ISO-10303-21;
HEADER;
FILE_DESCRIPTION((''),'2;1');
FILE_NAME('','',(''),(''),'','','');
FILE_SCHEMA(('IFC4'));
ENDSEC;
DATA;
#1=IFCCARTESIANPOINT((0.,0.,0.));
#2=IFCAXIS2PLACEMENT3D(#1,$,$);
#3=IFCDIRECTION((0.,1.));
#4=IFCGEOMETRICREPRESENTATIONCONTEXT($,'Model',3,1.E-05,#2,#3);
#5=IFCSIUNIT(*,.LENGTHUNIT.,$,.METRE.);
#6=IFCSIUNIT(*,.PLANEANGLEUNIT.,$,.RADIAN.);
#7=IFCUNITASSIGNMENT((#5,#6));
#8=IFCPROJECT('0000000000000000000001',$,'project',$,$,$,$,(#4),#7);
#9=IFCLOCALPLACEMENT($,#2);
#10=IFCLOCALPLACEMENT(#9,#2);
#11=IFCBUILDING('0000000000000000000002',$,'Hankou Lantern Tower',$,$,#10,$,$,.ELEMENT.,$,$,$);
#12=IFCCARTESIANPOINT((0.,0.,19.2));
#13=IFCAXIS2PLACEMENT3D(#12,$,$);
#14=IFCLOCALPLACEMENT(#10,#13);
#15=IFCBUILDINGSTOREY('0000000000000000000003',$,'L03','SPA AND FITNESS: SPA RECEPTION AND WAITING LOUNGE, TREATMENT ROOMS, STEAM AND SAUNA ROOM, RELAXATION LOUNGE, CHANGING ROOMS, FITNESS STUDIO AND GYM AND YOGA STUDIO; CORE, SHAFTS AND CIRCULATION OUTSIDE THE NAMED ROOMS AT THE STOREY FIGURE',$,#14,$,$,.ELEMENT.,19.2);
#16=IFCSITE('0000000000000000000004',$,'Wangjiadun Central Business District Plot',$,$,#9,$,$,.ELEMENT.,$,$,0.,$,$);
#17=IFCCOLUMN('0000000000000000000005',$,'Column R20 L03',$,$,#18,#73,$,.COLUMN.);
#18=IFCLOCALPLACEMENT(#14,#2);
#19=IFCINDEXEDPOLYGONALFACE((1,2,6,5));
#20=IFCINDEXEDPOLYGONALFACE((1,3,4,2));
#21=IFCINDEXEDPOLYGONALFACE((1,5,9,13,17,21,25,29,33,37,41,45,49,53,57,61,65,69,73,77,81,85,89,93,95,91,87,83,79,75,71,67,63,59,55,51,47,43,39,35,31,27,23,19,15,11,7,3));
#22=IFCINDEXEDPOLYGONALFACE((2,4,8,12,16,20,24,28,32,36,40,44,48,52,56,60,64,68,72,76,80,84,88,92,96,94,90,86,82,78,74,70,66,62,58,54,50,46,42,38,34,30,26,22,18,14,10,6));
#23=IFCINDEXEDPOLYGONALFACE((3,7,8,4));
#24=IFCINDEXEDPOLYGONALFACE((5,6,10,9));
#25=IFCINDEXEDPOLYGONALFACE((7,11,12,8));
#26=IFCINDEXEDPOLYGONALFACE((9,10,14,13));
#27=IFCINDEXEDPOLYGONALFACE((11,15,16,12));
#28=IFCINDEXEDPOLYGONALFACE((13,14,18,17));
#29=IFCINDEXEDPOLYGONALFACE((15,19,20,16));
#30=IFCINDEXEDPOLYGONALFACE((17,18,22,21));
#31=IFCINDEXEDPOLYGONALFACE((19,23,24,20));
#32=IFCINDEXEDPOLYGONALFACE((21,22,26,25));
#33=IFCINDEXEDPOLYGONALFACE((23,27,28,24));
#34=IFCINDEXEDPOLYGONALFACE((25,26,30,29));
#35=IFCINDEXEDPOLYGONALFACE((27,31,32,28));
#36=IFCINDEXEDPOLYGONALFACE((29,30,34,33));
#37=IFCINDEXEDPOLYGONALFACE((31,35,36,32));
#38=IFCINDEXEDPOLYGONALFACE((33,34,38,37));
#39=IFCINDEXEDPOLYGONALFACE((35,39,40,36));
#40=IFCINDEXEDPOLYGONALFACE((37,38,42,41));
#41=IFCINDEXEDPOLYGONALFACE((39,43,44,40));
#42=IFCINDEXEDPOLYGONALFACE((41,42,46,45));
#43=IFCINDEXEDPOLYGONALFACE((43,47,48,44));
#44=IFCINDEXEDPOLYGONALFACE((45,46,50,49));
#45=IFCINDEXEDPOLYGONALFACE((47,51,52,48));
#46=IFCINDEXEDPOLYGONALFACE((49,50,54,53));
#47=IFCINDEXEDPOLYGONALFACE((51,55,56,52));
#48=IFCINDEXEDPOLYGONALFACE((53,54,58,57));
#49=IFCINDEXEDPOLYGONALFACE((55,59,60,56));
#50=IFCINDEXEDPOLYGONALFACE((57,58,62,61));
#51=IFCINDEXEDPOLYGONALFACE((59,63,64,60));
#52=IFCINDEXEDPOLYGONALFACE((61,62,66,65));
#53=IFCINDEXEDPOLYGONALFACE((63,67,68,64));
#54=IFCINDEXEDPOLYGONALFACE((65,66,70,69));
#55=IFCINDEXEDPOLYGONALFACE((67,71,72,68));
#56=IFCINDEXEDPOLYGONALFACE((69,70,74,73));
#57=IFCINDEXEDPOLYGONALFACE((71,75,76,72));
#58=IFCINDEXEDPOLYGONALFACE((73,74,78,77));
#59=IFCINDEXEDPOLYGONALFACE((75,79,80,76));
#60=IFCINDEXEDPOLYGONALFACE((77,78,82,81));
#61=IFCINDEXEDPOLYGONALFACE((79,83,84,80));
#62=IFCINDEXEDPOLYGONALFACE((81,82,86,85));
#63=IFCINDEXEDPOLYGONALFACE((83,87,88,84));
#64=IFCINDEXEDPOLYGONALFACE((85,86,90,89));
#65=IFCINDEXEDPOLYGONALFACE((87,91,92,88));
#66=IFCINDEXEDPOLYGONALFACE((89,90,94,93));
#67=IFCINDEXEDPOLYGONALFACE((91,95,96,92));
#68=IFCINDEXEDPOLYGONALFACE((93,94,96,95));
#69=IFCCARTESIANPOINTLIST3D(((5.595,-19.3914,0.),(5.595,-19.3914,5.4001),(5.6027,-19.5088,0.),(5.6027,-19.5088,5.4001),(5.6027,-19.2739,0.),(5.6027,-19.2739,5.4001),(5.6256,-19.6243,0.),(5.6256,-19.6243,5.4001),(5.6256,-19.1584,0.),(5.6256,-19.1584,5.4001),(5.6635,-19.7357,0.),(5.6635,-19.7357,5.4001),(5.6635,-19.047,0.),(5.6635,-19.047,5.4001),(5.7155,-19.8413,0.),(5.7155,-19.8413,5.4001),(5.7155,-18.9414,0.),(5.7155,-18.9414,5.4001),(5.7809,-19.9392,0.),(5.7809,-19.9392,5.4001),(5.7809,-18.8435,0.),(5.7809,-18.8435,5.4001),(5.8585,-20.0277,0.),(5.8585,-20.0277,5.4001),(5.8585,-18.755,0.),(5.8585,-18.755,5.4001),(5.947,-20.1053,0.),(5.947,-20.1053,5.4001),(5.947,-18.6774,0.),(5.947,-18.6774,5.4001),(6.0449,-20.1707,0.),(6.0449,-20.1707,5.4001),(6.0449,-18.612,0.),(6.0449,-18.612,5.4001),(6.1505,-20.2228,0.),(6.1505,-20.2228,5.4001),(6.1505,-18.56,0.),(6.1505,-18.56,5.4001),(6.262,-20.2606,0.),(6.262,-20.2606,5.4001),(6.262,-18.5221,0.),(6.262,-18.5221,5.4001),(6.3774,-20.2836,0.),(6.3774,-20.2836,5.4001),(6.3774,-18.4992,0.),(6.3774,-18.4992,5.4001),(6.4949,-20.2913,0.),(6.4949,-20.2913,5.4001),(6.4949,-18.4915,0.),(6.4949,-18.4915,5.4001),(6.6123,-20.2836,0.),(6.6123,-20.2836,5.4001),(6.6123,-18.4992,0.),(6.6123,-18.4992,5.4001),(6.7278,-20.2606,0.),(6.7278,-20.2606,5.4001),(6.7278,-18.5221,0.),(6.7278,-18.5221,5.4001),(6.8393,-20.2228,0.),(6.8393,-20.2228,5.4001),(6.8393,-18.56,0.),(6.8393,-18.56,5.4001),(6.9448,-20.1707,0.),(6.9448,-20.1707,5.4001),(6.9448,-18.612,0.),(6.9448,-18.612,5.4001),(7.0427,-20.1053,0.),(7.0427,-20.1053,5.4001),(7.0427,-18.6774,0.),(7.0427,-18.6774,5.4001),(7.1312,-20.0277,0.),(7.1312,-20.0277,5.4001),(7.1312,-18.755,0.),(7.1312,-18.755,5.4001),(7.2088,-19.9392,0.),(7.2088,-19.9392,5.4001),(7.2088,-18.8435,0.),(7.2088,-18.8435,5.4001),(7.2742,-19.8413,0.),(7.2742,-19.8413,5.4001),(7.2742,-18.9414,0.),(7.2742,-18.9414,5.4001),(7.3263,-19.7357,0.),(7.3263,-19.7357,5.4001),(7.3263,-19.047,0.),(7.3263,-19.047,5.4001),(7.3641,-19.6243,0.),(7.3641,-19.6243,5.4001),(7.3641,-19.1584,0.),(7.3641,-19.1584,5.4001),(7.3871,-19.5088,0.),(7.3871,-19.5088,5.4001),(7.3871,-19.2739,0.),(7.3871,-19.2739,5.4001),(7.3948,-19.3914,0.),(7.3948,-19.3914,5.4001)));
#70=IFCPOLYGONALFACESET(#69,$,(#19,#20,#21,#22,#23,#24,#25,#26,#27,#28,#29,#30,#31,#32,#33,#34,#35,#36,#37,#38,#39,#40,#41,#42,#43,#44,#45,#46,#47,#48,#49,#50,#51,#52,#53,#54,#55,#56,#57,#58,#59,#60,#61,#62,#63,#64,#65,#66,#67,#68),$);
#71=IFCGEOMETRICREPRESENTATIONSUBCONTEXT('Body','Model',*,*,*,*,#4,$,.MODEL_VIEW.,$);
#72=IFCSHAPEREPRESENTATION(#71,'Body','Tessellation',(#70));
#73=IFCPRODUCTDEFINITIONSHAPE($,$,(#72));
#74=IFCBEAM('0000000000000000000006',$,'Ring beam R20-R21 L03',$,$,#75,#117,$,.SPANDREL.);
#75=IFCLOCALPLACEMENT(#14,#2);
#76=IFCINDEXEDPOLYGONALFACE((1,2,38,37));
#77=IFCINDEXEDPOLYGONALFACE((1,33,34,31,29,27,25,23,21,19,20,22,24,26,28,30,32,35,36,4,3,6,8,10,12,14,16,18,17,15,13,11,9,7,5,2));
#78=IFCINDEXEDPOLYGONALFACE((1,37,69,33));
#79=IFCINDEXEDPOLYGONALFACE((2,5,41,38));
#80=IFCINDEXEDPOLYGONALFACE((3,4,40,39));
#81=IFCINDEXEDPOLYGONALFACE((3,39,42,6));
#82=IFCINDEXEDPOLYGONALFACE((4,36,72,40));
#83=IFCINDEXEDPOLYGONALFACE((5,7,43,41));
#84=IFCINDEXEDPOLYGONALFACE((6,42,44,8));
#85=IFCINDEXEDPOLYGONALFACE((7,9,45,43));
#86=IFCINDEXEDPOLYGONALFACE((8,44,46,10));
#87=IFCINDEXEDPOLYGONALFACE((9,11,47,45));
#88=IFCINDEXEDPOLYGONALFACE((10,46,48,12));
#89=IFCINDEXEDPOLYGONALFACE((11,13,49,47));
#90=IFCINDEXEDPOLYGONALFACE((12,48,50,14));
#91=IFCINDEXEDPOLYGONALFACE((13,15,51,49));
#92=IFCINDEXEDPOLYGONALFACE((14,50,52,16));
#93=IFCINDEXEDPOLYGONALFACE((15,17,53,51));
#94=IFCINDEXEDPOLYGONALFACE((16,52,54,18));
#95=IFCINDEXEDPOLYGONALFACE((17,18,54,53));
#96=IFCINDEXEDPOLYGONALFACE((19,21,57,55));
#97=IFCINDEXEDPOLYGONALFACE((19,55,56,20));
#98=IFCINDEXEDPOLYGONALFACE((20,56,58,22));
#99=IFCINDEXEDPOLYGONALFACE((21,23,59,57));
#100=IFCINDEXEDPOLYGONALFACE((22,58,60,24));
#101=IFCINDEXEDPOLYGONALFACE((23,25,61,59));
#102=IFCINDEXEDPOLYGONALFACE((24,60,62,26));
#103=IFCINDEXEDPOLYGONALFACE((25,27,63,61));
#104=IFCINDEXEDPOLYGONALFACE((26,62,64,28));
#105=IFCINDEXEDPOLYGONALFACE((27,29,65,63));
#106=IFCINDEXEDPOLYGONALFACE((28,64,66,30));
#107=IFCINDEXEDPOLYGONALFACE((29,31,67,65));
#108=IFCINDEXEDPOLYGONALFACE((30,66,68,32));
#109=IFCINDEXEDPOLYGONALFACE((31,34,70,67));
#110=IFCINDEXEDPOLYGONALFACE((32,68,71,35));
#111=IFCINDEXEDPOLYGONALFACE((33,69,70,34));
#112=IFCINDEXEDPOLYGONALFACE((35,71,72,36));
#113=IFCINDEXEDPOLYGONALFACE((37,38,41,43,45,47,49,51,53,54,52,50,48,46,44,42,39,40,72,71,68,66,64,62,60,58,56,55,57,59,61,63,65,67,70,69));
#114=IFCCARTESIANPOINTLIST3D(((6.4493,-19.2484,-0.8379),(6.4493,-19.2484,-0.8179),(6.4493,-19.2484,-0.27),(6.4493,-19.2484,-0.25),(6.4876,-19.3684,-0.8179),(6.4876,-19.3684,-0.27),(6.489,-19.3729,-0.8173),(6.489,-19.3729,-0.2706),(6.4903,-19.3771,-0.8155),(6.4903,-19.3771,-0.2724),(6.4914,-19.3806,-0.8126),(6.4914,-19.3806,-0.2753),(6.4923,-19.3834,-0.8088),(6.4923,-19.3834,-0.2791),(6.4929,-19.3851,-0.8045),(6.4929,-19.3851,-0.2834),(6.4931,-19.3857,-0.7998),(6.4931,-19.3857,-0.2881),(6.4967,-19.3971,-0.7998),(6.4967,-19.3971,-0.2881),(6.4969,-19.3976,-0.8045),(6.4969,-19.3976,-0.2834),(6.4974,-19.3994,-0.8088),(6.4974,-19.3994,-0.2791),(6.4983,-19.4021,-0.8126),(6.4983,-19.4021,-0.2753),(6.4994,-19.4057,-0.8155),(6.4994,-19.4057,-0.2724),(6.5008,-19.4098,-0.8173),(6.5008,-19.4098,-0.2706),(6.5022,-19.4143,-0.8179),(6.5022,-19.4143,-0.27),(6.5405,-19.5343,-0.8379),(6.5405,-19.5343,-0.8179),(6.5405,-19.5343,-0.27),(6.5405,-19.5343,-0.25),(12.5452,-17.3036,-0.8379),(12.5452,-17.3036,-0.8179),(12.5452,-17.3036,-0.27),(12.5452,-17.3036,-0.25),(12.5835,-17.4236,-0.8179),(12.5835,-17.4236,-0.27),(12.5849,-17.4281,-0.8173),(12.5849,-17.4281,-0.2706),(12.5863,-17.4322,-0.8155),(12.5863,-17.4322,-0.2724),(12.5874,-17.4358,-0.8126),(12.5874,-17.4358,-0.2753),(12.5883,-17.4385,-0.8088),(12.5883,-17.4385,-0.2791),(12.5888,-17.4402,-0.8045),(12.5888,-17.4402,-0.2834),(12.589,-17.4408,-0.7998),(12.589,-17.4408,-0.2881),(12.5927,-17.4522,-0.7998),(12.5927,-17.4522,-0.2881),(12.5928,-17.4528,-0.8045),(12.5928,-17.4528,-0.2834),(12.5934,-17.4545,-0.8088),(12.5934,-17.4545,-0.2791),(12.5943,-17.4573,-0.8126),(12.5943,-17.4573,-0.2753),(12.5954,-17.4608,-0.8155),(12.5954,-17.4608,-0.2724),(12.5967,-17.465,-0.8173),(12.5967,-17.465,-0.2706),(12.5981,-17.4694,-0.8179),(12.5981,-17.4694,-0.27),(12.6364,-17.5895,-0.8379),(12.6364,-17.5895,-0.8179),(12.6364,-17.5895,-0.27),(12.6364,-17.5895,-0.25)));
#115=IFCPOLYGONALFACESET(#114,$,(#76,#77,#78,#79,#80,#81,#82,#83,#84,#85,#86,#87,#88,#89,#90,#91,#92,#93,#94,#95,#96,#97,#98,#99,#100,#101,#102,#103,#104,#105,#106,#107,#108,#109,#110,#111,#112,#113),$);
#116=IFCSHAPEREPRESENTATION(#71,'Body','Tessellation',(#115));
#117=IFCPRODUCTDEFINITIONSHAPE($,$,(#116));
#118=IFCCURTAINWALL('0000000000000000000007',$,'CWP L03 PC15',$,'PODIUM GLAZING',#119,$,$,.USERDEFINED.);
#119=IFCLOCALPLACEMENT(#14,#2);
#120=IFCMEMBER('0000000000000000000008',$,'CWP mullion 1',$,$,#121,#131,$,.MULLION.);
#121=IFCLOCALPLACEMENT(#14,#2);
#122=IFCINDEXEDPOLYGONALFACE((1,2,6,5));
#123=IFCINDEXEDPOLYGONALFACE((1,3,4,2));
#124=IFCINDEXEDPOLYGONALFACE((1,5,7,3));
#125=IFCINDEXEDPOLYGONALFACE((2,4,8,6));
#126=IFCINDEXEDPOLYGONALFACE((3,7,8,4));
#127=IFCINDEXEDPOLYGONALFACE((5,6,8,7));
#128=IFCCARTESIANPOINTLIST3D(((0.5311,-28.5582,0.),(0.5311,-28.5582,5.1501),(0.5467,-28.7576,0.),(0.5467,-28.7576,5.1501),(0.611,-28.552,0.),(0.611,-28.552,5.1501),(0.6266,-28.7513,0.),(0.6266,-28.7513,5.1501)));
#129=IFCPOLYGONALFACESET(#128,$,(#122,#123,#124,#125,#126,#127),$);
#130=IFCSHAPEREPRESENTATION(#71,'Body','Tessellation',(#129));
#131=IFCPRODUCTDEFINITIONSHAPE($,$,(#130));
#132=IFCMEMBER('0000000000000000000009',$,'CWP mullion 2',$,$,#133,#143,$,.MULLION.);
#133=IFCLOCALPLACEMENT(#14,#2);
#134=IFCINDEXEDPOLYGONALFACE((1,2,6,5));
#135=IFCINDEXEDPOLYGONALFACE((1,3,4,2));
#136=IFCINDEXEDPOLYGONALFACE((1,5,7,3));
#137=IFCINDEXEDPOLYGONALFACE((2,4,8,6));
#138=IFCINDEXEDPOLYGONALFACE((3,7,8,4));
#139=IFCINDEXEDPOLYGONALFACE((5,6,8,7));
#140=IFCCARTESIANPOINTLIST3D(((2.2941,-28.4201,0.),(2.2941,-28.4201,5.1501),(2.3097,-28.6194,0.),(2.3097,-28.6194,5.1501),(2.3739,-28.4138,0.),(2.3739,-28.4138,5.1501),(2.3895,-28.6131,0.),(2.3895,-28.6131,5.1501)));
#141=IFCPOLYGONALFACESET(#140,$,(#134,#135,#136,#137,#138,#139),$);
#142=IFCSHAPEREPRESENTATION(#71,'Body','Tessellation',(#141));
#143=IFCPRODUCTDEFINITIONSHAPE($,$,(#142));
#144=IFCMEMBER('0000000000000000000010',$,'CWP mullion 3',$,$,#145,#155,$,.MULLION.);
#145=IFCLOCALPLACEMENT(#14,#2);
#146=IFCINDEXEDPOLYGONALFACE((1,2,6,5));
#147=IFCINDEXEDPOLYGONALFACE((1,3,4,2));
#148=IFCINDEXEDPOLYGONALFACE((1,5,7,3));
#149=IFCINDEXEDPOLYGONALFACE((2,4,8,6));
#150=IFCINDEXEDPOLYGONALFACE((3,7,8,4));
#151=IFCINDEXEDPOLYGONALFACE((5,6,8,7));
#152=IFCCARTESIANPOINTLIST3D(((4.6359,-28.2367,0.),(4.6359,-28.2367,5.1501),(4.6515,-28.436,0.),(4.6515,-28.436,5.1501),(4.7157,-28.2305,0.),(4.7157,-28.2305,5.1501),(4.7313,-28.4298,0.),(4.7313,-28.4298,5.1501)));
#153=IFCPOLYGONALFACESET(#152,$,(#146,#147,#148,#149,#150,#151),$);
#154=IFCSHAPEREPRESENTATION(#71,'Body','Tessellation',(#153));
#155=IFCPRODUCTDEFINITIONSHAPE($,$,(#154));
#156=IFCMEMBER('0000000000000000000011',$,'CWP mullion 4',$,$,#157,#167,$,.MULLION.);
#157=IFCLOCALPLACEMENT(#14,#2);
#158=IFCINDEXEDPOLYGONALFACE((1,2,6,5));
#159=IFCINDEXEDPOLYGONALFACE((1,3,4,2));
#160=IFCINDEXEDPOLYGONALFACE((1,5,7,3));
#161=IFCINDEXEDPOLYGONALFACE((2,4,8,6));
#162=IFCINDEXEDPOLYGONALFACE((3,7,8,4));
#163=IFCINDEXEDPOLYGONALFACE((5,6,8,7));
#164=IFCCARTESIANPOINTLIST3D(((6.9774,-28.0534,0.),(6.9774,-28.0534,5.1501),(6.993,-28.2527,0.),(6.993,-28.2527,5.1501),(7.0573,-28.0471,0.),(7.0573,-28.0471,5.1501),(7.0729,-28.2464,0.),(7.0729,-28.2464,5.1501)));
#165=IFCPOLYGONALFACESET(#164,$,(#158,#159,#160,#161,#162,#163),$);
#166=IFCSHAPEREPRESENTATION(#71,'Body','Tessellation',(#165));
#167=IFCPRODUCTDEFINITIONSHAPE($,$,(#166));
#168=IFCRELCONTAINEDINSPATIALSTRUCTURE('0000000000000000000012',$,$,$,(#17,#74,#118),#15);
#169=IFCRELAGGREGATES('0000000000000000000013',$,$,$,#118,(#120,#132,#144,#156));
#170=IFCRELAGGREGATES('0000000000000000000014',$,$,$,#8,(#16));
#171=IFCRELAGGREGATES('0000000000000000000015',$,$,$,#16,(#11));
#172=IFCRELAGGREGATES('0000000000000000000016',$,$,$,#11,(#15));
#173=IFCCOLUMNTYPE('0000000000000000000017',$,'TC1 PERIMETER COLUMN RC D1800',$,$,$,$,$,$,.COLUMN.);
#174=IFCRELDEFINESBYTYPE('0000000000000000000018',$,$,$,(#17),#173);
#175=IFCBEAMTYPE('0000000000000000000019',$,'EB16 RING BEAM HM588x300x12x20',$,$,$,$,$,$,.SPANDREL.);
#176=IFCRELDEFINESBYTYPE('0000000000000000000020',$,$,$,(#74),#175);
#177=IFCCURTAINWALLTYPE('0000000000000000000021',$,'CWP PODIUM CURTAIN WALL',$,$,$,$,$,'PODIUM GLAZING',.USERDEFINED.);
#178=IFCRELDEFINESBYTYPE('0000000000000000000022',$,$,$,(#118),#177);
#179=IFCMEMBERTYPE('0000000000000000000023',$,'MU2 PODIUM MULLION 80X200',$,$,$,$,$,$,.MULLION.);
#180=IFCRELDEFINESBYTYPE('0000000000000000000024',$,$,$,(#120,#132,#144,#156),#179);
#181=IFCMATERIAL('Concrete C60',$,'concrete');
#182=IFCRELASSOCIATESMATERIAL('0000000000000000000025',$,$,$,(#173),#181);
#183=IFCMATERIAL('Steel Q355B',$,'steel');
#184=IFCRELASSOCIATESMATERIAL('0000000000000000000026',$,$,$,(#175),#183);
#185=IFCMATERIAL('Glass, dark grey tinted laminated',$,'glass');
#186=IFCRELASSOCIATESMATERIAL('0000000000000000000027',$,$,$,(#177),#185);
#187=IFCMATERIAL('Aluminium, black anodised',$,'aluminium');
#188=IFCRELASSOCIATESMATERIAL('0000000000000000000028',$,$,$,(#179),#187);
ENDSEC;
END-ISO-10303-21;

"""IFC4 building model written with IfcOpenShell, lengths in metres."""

from ifc_helpers import new_model, si_unit, direction, frame, origin, origin_2d, place, context, subcontext, project, spatial, rectangle, circle, i_section, extrude, material, material_profile, profile_set, type_object, element, aggregate, save


model = new_model("IFC4")

# Units and contexts
model_context = context("Model", 3, precision=1e-05, world=origin(), true_north=direction((0.0, 1.0)))
body_context = subcontext(model_context, "Body", "Model", "MODEL_VIEW")
ifc_project = project(units=[si_unit("LENGTHUNIT", "METRE"), si_unit("PLANEANGLEUNIT", "RADIAN")], contexts=[model_context])

# Site, building, storey
site_placement = place(None, origin())
site = spatial("IfcSite", under=ifc_project, at=site_placement, Name="Wangjiadun Central Business District Plot", CompositionType="ELEMENT", RefElevation=0.0)
building_placement = place(site_placement, origin())
building = spatial("IfcBuilding", under=site, at=building_placement, Name="Hankou Lantern Tower", CompositionType="ELEMENT")
storey_placement = place(building_placement, frame((0.0, 0.0, 19.2)))
storey = spatial("IfcBuildingStorey", under=building, at=storey_placement, Name="L03", Description="SPA AND FITNESS: SPA RECEPTION AND WAITING LOUNGE, TREATMENT ROOMS, STEAM AND SAUNA ROOM, RELAXATION LOUNGE, CHANGING ROOMS, FITNESS STUDIO AND GYM AND YOGA STUDIO; CORE, SHAFTS AND CIRCULATION OUTSIDE THE NAMED ROOMS AT THE STOREY FIGURE", CompositionType="ELEMENT", Elevation=19.2)

# Column
ifc_material_1 = material(Name="Concrete C60", Category="concrete")
ifc_material_profile_1 = material_profile(ifc_material_1, circle(Radius=0.8999, at=origin_2d()), Name="RC D1800")
ifc_profile_set_1 = profile_set([ifc_material_profile_1], Name="Concrete C60")
column_type = type_object("IfcColumnType", Name="TC1 PERIMETER COLUMN RC D1800", PredefinedType="COLUMN", material=ifc_profile_set_1)
column_placement = place(storey_placement, frame((6.4949, -19.3914, 0.0), z_axis=(0.0, 0.0, 1.0), x_axis=(1.0, 0.0, 0.0)))
element("IfcColumn", 1, at=column_placement, inside=storey, type_object=column_type, Name="Column R20 L03", PredefinedType="COLUMN", context=body_context, shape_type="SweptSolid", body=[
    extrude(circle(Radius=0.8999, at=origin_2d()), origin(), (0.0, 0.0, 1.0), 5.4001),
])

# Beam
ifc_material_2 = material(Name="Steel Q355B", Category="steel")
ifc_material_profile_2 = material_profile(ifc_material_2, i_section(OverallWidth=0.3, OverallDepth=0.5879, WebThickness=0.012, FlangeThickness=0.02, FilletRadius=0.0181, at=origin_2d()), Name="HM588x300x12x20")
ifc_profile_set_2 = profile_set([ifc_material_profile_2], Name="Steel Q355B")
beam_type_1 = type_object("IfcBeamType", Name="EB16 RING BEAM HM588x300x12x20", PredefinedType="SPANDREL", material=ifc_profile_set_2)
beam_1_placement = place(storey_placement, frame((6.4949, -19.3914, -0.5439), z_axis=(0.95269, 0.303942, 0.0), x_axis=(-0.303942, 0.95269, 0.0)))
element("IfcBeam", 2, at=beam_1_placement, inside=storey, type_object=beam_type_1, Name="Ring beam R20-R21 L03", PredefinedType="SPANDREL", context=body_context, shape_type="SweptSolid", body=[
    extrude(i_section(OverallWidth=0.3, OverallDepth=0.5879, WebThickness=0.012, FlangeThickness=0.02, FilletRadius=0.0181, at=origin_2d()), origin(), (0.0, 0.0, 1.0), 6.3987),
])

# Curtain wall, members
ifc_material_3 = material(Name="Glass, dark grey tinted laminated", Category="glass")
curtain_wall_type = type_object("IfcCurtainWallType", Name="CWP PODIUM CURTAIN WALL", ElementType="PODIUM GLAZING", PredefinedType="USERDEFINED", material=ifc_material_3)
curtain_wall_placement = place(storey_placement, origin())
curtain_wall = element("IfcCurtainWall", 3, at=curtain_wall_placement, inside=storey, type_object=curtain_wall_type, Name="CWP L03 PC15", ObjectType="PODIUM GLAZING", PredefinedType="USERDEFINED")
ifc_material_4 = material(Name="Aluminium, black anodised", Category="aluminium")
ifc_material_profile_3 = material_profile(ifc_material_4, rectangle(XDim=0.0801, YDim=0.2, at=origin_2d()), Name="MU2 80X200")
ifc_profile_set_3 = profile_set([ifc_material_profile_3], Name="Aluminium, black anodised")
member_type_1 = type_object("IfcMemberType", Name="MU2 PODIUM MULLION 80X200", PredefinedType="MULLION", material=ifc_profile_set_3)
member_1_placement = place(storey_placement, frame((0.5789, -28.6548, 0.0), z_axis=(0.0, 0.0, 1.0), x_axis=(0.996949, 0.078062, 0.0)))
member_1 = element("IfcMember", 4, at=member_1_placement, type_object=member_type_1, Name="CWP mullion 1", PredefinedType="MULLION", context=body_context, shape_type="SweptSolid", body=[
    extrude(rectangle(XDim=0.0801, YDim=0.2, at=origin_2d()), origin(), (0.0, 0.0, 1.0), 5.1501),
])
member_2_placement = place(storey_placement, frame((2.3418, -28.5166, 0.0), z_axis=(0.0, 0.0, 1.0), x_axis=(0.996949, 0.078062, 0.0)))
member_2 = element("IfcMember", 5, at=member_2_placement, type_object=member_type_1, Name="CWP mullion 2", PredefinedType="MULLION", context=body_context, shape_type="SweptSolid", body=[
    extrude(rectangle(XDim=0.0801, YDim=0.2, at=origin_2d()), origin(), (0.0, 0.0, 1.0), 5.1501),
])
member_3_placement = place(storey_placement, frame((4.6836, -28.3333, 0.0), z_axis=(0.0, 0.0, 1.0), x_axis=(0.996949, 0.078062, 0.0)))
member_3 = element("IfcMember", 6, at=member_3_placement, type_object=member_type_1, Name="CWP mullion 3", PredefinedType="MULLION", context=body_context, shape_type="SweptSolid", body=[
    extrude(rectangle(XDim=0.0801, YDim=0.2, at=origin_2d()), origin(), (0.0, 0.0, 1.0), 5.1501),
])
member_4_placement = place(storey_placement, frame((7.0251, -28.1499, 0.0), z_axis=(0.0, 0.0, 1.0), x_axis=(0.996949, 0.078062, 0.0)))
member_4 = element("IfcMember", 7, at=member_4_placement, type_object=member_type_1, Name="CWP mullion 4", PredefinedType="MULLION", context=body_context, shape_type="SweptSolid", body=[
    extrude(rectangle(XDim=0.0801, YDim=0.2, at=origin_2d()), origin(), (0.0, 0.0, 1.0), 5.1501),
])

aggregate(curtain_wall, [member_1, member_2, member_3, member_4])

save(model, "model.ifc")
